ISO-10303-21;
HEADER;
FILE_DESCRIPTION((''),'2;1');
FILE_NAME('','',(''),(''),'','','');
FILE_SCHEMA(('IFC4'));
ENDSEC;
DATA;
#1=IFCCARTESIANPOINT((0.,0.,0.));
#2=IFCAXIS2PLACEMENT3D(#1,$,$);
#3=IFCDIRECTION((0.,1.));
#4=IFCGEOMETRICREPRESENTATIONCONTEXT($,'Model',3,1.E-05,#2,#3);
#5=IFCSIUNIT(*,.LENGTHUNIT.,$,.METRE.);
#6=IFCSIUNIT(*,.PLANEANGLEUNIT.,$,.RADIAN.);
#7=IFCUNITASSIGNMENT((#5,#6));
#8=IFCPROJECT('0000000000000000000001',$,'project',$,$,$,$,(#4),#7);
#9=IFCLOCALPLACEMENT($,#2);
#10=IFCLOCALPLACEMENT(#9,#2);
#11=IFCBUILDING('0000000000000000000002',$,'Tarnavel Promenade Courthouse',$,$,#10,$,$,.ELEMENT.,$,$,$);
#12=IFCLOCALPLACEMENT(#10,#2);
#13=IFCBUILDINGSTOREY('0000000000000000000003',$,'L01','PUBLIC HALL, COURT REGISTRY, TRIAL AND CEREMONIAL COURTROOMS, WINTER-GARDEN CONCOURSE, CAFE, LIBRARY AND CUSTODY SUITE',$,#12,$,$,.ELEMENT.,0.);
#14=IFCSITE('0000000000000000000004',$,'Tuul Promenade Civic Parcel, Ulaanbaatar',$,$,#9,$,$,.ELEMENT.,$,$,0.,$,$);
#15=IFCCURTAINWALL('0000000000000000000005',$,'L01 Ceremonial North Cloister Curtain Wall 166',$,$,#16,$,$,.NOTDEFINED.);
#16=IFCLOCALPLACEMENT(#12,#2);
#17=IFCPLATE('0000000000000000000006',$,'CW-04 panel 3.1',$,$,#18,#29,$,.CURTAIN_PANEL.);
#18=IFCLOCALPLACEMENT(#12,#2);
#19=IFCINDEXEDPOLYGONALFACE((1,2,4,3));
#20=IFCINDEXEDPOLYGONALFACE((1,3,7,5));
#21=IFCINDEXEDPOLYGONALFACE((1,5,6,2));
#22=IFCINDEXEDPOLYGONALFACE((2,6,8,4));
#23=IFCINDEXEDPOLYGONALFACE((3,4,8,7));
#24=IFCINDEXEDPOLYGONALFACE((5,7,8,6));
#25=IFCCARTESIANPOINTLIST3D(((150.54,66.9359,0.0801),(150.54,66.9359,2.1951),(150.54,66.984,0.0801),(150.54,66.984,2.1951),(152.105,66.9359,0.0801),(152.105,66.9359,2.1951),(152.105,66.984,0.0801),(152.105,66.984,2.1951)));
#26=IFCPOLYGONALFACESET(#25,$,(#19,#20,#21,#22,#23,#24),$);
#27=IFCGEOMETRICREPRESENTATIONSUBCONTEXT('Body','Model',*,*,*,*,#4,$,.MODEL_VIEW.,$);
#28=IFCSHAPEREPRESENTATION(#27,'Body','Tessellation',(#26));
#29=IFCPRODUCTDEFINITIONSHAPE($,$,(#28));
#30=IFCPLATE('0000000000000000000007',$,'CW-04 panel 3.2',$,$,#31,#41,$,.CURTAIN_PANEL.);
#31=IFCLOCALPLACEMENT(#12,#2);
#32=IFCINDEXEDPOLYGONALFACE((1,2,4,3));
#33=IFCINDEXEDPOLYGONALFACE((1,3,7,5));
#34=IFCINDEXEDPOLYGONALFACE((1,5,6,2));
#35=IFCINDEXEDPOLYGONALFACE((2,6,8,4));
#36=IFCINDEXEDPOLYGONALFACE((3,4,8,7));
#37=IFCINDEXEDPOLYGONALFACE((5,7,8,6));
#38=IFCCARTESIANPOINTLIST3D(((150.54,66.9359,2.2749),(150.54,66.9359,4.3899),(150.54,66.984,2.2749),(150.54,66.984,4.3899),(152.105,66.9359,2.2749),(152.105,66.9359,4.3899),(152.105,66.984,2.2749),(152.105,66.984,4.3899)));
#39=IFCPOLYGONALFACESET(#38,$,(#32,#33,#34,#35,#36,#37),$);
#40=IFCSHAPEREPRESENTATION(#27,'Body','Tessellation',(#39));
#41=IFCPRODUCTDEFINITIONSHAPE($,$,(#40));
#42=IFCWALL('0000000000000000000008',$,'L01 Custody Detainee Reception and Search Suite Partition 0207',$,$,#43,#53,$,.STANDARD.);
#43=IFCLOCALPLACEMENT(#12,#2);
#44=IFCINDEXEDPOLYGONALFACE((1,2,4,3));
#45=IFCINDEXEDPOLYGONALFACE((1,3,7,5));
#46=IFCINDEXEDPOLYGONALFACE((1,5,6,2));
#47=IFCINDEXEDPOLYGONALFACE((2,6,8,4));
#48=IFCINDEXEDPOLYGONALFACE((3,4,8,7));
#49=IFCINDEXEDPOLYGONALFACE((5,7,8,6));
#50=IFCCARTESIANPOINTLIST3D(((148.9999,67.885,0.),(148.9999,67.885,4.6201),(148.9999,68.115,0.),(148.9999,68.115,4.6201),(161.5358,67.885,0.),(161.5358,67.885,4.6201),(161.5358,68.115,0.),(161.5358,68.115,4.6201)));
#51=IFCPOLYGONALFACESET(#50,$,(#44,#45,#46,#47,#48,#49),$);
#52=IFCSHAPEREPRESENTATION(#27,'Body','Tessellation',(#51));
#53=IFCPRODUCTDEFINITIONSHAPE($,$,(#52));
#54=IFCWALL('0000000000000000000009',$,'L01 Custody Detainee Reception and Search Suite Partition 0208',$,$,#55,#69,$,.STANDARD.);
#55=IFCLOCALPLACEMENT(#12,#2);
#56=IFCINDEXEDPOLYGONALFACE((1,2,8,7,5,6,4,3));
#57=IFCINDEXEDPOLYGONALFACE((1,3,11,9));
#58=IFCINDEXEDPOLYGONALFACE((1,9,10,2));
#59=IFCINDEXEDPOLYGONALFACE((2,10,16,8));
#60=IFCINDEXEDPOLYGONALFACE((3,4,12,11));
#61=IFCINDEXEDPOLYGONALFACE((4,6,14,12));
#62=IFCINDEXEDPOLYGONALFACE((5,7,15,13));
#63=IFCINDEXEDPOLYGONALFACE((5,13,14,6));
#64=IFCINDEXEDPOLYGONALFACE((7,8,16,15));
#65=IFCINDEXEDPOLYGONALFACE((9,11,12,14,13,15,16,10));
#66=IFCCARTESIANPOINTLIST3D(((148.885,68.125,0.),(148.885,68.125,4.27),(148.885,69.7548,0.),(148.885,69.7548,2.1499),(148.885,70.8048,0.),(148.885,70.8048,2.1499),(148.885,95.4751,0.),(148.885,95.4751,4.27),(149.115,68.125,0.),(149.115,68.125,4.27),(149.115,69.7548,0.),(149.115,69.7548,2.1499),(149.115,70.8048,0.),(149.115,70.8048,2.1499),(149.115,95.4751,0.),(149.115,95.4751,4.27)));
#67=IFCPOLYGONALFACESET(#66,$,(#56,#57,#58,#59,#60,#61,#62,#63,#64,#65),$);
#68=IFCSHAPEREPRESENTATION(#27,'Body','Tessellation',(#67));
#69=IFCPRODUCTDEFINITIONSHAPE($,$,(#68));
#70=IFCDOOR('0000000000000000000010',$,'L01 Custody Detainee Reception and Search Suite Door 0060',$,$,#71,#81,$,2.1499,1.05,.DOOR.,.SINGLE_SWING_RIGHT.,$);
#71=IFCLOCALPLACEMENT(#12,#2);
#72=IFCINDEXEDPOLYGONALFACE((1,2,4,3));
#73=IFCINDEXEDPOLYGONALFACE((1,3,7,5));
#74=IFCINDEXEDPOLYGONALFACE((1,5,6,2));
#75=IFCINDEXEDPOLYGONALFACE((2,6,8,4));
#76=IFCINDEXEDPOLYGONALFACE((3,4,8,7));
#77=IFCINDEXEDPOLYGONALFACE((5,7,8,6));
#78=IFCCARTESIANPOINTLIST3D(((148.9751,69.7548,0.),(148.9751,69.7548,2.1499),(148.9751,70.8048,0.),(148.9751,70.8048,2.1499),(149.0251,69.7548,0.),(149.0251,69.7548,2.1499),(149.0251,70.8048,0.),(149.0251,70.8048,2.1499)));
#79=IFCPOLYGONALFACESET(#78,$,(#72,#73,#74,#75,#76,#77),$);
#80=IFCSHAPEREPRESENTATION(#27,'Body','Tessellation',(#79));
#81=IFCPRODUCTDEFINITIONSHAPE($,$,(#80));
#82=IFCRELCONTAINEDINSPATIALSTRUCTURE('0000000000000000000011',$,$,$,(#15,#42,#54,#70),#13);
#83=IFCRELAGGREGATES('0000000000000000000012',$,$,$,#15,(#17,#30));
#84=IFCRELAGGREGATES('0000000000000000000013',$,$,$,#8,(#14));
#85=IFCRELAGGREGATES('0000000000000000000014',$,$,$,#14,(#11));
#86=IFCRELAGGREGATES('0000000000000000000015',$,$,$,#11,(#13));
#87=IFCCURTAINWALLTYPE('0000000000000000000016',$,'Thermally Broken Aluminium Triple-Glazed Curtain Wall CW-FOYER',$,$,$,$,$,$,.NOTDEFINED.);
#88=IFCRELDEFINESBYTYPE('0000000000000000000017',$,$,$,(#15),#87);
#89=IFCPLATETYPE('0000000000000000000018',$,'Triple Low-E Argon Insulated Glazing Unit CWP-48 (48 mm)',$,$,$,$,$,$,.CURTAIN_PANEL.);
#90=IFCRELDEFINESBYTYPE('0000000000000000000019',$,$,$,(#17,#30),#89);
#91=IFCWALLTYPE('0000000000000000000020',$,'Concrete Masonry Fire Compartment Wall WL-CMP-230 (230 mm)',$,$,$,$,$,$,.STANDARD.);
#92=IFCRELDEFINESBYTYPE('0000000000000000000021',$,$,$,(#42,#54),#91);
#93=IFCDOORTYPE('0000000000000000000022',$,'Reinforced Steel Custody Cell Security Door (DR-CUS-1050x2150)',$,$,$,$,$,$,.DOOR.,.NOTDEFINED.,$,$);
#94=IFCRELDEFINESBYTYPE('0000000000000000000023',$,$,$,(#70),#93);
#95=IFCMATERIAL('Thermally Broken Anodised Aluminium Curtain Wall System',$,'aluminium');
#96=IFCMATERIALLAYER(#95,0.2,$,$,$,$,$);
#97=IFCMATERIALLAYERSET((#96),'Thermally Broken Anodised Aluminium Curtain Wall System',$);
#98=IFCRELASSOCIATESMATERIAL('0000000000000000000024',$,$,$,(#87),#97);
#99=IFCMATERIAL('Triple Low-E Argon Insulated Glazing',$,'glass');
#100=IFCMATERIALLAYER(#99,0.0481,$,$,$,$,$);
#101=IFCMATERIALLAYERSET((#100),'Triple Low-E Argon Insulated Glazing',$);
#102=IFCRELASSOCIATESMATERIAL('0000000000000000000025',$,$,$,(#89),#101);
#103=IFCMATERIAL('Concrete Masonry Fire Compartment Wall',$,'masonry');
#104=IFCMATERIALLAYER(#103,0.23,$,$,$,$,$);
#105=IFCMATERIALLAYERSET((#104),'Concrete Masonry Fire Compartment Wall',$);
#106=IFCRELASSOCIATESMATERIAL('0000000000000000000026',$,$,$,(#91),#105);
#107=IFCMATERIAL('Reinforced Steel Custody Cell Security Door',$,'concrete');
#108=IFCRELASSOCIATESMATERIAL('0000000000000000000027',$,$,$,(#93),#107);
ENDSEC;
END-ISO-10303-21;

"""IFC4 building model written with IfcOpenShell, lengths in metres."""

from ifc_helpers import new_model, si_unit, direction, frame, frame_2d, origin, origin_2d, place, context, subcontext, project, spatial, rectangle, extrude, material, layer, layer_set, type_object, element, fill, aggregate, save


model = new_model("IFC4")

# Units and contexts
model_context = context("Model", 3, precision=1e-05, world=origin(), true_north=direction((0.0, 1.0)))
body_context = subcontext(model_context, "Body", "Model", "MODEL_VIEW")
ifc_project = project(units=[si_unit("LENGTHUNIT", "METRE"), si_unit("PLANEANGLEUNIT", "RADIAN")], contexts=[model_context])

# Site, building, storey
site_placement = place(None, origin())
site = spatial("IfcSite", under=ifc_project, at=site_placement, Name="Tuul Promenade Civic Parcel, Ulaanbaatar", CompositionType="ELEMENT", RefElevation=0.0)
building_placement = place(site_placement, origin())
building = spatial("IfcBuilding", under=site, at=building_placement, Name="Tarnavel Promenade Courthouse", CompositionType="ELEMENT")
storey_placement = place(building_placement, origin())
storey = spatial("IfcBuildingStorey", under=building, at=storey_placement, Name="L01", Description="PUBLIC HALL, COURT REGISTRY, TRIAL AND CEREMONIAL COURTROOMS, WINTER-GARDEN CONCOURSE, CAFE, LIBRARY AND CUSTODY SUITE", CompositionType="ELEMENT", Elevation=0.0)

# Shared definitions
ifc_material_1 = material(Name="Thermally Broken Anodised Aluminium Curtain Wall System", Category="aluminium")
ifc_layer_1 = layer(ifc_material_1, 0.2)
ifc_layer_set_1 = layer_set([ifc_layer_1], Name="Thermally Broken Anodised Aluminium Curtain Wall System")
curtain_wall_type = type_object("IfcCurtainWallType", Name="Thermally Broken Aluminium Triple-Glazed Curtain Wall CW-FOYER", PredefinedType="NOTDEFINED", material=ifc_layer_set_1)

# Curtain wall
curtain_wall_1_placement = place(storey_placement, origin())
curtain_wall_1 = element("IfcCurtainWall", 1, at=curtain_wall_1_placement, inside=storey, type_object=curtain_wall_type, Name="L01 Ceremonial North Cloister Curtain Wall 166", PredefinedType="NOTDEFINED")

# Plates
ifc_material_2 = material(Name="Triple Low-E Argon Insulated Glazing", Category="glass")
ifc_layer_2 = layer(ifc_material_2, 0.0481)
ifc_layer_set_2 = layer_set([ifc_layer_2], Name="Triple Low-E Argon Insulated Glazing")
plate_type = type_object("IfcPlateType", Name="Triple Low-E Argon Insulated Glazing Unit CWP-48 (48 mm)", PredefinedType="CURTAIN_PANEL", material=ifc_layer_set_2)
plate_1_placement = place(storey_placement, frame((151.3225, 66.96, 0.0801), z_axis=(0.0, 0.0, 1.0), x_axis=(-1.0, 0.0, 0.0)))
plate_1 = element("IfcPlate", 2, at=plate_1_placement, type_object=plate_type, Name="CW-04 panel 3.1", PredefinedType="CURTAIN_PANEL", context=body_context, shape_type="SweptSolid", body=[
    extrude(rectangle(XDim=1.5649, YDim=0.0481, at=origin_2d()), origin(), (0.0, 0.0, 1.0), 2.115),
])
plate_2_placement = place(storey_placement, frame((151.3225, 66.96, 2.2749), z_axis=(0.0, 0.0, 1.0), x_axis=(-1.0, 0.0, 0.0)))
plate_2 = element("IfcPlate", 3, at=plate_2_placement, type_object=plate_type, Name="CW-04 panel 3.2", PredefinedType="CURTAIN_PANEL", context=body_context, shape_type="SweptSolid", body=[
    extrude(rectangle(XDim=1.5649, YDim=0.0481, at=origin_2d()), origin(), (0.0, 0.0, 1.0), 2.115),
])
aggregate(curtain_wall_1, [plate_1, plate_2])

# Wall
ifc_material_3 = material(Name="Concrete Masonry Fire Compartment Wall", Category="masonry")
ifc_layer_3 = layer(ifc_material_3, 0.23)
ifc_layer_set_3 = layer_set([ifc_layer_3], Name="Concrete Masonry Fire Compartment Wall")
wall_type = type_object("IfcWallType", Name="Concrete Masonry Fire Compartment Wall WL-CMP-230 (230 mm)", PredefinedType="STANDARD", material=ifc_layer_set_3)
wall_1_placement = place(storey_placement, frame((161.5359, 68.0, 0.0), z_axis=(0.0, 0.0, 1.0), x_axis=(-1.0, 0.0, 0.0)))
element("IfcWall", 4, at=wall_1_placement, inside=storey, type_object=wall_type, Name="L01 Custody Detainee Reception and Search Suite Partition 0207", PredefinedType="STANDARD", context=body_context, shape_type="SweptSolid", body=[
    extrude(rectangle(XDim=12.5359, YDim=0.23, at=frame_2d((6.2681, 0.0))), origin(), (0.0, 0.0, 1.0), 4.6201),
])

# Wall, opening, door
wall_2_placement = place(storey_placement, frame((149.0, 68.125, 0.0), z_axis=(0.0, 0.0, 1.0), x_axis=(0.0, 1.0, 0.0)))
wall_2 = element("IfcWall", 5, at=wall_2_placement, inside=storey, type_object=wall_type, Name="L01 Custody Detainee Reception and Search Suite Partition 0208", PredefinedType="STANDARD", context=body_context, shape_type="SweptSolid", body=[
    extrude(rectangle(XDim=27.3501, YDim=0.23, at=frame_2d((13.675, 0.0))), origin(), (0.0, 0.0, 1.0), 4.27),
])
opening_placement = place(wall_2_placement, frame((1.6299, 0.0, 0.0)))
opening = element("IfcOpeningElement", 6, at=opening_placement, cuts=wall_2, PredefinedType="OPENING", context=body_context, shape_type="SweptSolid", body=[
    extrude(rectangle(XDim=1.05, YDim=2.1499, at=frame_2d((0.5249, 1.075))), frame((0.0, 0.125, 0.0), z_axis=(0.0, -1.0, 0.0), x_axis=(1.0, 0.0, 0.0)), (0.0, 0.0, 1.0), 0.25),
])
ifc_material_4 = material(Name="Reinforced Steel Custody Cell Security Door", Category="concrete")
door_type = type_object("IfcDoorType", Name="Reinforced Steel Custody Cell Security Door (DR-CUS-1050x2150)", OperationType="NOTDEFINED", PredefinedType="DOOR", material=ifc_material_4)
door_placement = place(opening_placement, origin())
door = element("IfcDoor", 7, at=door_placement, inside=storey, type_object=door_type, Name="L01 Custody Detainee Reception and Search Suite Door 0060", OperationType="SINGLE_SWING_RIGHT", OverallHeight=2.1499, OverallWidth=1.05, PredefinedType="DOOR", context=body_context, shape_type="SweptSolid", body=[
    extrude(rectangle(XDim=1.05, YDim=2.1499, at=frame_2d((0.5249, 1.075))), frame((0.0, 0.0249, 0.0), z_axis=(0.0, -1.0, 0.0), x_axis=(1.0, 0.0, 0.0)), (0.0, 0.0, 1.0), 0.05),
])
fill(opening, door)

save(model, "model.ifc")
